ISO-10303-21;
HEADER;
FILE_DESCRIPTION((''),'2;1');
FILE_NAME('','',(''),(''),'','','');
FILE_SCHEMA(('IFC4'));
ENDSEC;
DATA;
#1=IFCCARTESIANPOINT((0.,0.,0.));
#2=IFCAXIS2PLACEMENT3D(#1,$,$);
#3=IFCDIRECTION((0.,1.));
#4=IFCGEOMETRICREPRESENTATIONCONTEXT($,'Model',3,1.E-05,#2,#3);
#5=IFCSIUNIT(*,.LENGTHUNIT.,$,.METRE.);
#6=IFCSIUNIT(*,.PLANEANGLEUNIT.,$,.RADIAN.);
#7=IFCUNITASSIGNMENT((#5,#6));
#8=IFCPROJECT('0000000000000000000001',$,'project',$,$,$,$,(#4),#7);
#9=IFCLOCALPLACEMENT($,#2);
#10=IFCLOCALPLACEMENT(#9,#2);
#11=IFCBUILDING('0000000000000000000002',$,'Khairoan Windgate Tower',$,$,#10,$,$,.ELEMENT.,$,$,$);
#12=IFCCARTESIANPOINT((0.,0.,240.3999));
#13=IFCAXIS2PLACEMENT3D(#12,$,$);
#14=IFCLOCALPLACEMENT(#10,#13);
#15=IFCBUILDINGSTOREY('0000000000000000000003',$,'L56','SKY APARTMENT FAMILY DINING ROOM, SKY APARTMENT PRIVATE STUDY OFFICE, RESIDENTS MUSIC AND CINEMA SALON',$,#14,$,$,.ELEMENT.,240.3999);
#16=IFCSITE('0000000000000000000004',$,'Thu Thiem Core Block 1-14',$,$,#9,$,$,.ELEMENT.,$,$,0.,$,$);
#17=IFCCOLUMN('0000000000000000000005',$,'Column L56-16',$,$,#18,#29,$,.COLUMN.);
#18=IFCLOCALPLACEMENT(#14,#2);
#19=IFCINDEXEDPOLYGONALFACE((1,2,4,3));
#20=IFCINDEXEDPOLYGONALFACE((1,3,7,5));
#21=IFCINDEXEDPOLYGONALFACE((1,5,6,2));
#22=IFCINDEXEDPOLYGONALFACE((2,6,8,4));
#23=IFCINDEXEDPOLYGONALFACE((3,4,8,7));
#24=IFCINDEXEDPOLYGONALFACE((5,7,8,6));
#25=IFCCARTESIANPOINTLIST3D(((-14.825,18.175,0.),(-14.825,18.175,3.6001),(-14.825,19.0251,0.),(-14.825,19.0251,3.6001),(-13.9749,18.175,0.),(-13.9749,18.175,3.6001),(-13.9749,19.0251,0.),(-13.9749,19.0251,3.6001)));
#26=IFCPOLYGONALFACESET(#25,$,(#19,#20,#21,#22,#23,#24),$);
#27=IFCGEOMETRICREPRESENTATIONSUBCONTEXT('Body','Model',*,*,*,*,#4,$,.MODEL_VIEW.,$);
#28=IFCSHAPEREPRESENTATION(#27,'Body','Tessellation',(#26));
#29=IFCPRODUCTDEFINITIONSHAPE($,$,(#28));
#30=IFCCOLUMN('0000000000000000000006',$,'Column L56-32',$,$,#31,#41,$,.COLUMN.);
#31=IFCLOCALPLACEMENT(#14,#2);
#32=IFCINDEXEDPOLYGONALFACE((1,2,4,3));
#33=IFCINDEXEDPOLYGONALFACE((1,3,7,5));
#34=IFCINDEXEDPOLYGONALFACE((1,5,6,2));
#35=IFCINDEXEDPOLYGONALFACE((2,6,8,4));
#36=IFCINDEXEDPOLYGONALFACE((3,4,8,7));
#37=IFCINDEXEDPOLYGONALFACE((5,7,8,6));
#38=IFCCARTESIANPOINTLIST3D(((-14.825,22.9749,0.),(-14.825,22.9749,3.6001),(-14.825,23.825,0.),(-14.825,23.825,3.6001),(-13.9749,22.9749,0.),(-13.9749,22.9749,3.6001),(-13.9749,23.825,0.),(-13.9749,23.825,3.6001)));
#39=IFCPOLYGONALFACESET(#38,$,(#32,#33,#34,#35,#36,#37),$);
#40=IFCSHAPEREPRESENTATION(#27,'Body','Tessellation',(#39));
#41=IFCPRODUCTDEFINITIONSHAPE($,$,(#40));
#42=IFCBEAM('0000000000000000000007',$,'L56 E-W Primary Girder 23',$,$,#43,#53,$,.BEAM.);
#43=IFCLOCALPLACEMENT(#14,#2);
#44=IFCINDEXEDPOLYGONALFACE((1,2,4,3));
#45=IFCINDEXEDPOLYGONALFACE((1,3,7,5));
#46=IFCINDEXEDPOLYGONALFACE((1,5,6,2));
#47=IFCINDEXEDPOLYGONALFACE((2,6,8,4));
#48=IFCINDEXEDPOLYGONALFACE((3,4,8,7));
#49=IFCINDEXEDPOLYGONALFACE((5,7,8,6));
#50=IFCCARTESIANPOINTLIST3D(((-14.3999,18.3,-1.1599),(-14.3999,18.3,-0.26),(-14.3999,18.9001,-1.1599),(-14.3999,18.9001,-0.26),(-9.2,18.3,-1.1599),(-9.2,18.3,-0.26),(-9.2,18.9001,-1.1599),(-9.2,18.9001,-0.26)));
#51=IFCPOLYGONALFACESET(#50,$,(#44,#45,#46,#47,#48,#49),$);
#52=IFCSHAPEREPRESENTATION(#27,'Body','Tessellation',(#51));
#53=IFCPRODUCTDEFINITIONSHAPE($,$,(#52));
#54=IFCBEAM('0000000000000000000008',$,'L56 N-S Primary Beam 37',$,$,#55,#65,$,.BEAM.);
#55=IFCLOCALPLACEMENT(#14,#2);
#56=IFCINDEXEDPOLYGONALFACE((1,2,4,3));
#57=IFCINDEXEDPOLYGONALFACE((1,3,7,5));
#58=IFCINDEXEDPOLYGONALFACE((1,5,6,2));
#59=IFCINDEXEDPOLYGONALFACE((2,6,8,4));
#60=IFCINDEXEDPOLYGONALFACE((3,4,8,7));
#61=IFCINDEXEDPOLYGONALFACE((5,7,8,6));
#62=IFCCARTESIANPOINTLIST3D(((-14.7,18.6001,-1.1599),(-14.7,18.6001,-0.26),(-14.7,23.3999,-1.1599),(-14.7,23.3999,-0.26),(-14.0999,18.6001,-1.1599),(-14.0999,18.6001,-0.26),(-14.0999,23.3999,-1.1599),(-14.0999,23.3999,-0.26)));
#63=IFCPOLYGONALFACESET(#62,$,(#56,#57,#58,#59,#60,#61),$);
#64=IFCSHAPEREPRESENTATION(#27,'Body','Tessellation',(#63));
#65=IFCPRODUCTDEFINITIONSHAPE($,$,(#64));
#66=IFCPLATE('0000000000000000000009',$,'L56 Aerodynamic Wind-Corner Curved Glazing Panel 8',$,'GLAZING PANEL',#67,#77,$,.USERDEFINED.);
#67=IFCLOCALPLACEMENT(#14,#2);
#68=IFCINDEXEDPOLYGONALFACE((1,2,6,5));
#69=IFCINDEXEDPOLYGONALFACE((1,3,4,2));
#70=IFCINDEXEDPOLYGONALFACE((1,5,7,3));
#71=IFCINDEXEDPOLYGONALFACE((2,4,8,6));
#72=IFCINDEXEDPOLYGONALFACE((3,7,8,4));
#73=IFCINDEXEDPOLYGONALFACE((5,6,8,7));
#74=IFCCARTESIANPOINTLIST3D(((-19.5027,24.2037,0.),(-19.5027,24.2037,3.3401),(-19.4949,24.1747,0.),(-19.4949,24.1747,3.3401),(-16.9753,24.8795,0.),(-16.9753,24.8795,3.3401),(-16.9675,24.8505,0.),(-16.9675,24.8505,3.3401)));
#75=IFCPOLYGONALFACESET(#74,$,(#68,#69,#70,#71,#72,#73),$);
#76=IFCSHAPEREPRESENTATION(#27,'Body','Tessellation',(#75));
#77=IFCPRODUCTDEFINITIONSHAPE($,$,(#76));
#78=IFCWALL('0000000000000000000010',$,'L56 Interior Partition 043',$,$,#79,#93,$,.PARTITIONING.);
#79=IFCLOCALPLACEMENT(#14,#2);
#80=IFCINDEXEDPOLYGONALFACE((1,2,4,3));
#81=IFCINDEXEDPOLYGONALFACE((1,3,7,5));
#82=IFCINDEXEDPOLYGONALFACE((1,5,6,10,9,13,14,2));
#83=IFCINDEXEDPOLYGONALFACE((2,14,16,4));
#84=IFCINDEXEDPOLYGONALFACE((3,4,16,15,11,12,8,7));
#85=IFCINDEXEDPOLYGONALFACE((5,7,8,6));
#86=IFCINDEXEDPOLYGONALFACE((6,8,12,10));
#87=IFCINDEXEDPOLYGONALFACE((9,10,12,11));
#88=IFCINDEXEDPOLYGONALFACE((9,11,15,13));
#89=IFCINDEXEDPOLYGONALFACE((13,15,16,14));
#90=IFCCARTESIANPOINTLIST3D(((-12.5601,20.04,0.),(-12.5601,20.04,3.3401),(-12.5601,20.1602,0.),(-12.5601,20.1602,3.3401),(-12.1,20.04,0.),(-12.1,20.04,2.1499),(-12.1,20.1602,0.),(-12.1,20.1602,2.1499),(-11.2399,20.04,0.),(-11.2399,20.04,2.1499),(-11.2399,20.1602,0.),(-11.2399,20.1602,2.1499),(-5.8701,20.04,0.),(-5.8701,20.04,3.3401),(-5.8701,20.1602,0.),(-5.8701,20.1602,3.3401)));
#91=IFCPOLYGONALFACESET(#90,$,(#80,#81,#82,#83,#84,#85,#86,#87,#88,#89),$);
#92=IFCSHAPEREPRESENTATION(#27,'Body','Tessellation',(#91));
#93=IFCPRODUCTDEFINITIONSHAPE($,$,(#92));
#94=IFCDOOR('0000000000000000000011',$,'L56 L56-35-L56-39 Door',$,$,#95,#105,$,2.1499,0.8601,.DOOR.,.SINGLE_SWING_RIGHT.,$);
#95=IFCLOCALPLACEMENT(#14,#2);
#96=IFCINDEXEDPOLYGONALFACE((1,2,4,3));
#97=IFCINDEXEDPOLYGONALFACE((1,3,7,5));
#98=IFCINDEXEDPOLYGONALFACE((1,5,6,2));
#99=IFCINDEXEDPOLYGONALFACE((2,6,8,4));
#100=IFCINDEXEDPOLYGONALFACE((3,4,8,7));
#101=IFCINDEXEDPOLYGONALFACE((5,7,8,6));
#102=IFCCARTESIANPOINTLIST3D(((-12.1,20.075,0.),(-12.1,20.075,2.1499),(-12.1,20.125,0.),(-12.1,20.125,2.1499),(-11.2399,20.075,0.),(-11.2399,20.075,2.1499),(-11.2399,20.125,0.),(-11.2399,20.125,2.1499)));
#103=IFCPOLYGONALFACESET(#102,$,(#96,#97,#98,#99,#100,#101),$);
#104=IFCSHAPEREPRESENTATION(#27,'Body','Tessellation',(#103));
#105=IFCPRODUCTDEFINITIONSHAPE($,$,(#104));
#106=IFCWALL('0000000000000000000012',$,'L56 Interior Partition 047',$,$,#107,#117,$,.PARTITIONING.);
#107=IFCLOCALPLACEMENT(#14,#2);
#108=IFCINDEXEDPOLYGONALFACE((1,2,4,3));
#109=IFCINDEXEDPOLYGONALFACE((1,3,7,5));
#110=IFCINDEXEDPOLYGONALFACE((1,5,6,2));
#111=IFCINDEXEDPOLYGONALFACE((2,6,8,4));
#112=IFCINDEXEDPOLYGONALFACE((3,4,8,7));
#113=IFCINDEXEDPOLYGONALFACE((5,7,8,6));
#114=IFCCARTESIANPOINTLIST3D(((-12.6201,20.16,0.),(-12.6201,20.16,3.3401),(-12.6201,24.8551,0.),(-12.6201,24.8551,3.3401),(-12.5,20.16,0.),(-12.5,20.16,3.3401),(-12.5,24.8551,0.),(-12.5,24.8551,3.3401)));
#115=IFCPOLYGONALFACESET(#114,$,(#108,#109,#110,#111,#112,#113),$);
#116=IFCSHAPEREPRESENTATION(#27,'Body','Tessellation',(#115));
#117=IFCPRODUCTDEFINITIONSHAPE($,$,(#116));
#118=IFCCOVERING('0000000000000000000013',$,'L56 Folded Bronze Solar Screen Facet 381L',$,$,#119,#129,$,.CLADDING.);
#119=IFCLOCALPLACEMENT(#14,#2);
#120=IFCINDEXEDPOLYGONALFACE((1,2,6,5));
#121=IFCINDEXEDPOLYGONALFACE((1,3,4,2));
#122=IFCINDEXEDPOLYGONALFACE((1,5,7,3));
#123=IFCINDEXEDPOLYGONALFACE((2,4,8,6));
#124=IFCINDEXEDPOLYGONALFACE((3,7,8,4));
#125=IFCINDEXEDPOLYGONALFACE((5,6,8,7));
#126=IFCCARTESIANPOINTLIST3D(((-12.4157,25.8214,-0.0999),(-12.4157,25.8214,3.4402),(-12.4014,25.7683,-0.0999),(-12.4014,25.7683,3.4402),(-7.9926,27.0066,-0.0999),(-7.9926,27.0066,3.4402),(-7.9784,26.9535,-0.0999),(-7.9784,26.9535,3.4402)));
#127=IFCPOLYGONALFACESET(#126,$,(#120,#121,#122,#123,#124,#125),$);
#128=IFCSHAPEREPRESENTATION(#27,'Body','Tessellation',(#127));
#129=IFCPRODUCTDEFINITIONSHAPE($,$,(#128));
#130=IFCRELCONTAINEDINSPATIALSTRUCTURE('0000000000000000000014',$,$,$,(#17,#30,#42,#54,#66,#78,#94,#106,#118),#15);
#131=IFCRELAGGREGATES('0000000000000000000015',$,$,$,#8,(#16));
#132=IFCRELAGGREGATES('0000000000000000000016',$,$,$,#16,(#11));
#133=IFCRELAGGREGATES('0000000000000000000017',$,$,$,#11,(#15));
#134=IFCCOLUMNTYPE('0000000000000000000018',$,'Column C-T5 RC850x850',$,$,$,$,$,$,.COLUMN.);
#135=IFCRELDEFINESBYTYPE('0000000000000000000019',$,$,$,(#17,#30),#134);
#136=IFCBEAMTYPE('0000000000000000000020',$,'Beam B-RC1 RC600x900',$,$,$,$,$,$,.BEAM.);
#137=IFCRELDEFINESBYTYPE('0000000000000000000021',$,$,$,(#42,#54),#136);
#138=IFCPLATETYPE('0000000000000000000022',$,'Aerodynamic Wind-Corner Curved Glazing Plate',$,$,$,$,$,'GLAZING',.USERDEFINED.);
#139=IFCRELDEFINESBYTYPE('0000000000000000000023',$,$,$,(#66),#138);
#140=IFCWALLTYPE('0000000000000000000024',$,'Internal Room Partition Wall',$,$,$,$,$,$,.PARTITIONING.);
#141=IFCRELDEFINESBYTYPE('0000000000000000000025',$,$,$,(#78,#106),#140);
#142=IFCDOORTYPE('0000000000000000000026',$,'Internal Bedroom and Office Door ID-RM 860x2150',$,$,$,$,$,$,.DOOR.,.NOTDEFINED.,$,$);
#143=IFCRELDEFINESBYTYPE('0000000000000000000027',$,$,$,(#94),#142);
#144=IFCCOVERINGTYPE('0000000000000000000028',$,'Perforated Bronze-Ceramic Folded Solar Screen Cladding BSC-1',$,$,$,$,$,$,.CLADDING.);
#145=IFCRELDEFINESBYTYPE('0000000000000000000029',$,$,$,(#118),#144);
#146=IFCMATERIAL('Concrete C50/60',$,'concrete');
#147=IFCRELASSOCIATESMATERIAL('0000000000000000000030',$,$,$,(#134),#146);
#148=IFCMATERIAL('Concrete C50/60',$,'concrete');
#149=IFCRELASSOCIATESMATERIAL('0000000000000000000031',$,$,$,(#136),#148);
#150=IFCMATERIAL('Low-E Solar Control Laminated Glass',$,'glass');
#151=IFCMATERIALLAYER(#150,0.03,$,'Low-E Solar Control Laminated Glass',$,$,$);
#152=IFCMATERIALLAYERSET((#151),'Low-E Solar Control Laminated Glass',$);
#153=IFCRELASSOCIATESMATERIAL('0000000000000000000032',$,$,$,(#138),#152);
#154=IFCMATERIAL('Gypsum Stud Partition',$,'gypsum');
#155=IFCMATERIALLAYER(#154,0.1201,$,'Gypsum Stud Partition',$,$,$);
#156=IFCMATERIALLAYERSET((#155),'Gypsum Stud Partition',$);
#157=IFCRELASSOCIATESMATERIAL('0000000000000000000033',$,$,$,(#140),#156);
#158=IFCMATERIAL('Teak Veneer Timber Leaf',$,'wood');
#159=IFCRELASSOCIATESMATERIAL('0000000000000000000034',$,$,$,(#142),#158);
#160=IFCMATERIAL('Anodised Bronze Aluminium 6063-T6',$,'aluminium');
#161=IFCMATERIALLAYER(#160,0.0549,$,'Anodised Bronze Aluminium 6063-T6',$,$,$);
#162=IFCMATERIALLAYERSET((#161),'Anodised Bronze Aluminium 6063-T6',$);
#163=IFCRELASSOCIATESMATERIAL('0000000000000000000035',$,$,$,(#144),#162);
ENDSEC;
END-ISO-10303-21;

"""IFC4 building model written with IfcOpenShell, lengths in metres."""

from ifc_helpers import new_model, si_unit, direction, frame, frame_2d, origin, origin_2d, place, context, subcontext, project, spatial, rectangle, extrude, material, layer, layer_set, material_profile, profile_set, type_object, element, fill, save


model = new_model("IFC4")

# Units and contexts
model_context = context("Model", 3, precision=1e-05, world=origin(), true_north=direction((0.0, 1.0)))
body_context = subcontext(model_context, "Body", "Model", "MODEL_VIEW")
ifc_project = project(units=[si_unit("LENGTHUNIT", "METRE"), si_unit("PLANEANGLEUNIT", "RADIAN")], contexts=[model_context])

# Site, building, storey
site_placement = place(None, origin())
site = spatial("IfcSite", under=ifc_project, at=site_placement, Name="Thu Thiem Core Block 1-14", CompositionType="ELEMENT", RefElevation=0.0)
building_placement = place(site_placement, origin())
building = spatial("IfcBuilding", under=site, at=building_placement, Name="Khairoan Windgate Tower", CompositionType="ELEMENT")
storey_placement = place(building_placement, frame((0.0, 0.0, 240.3999)))
storey = spatial("IfcBuildingStorey", under=building, at=storey_placement, Name="L56", Description="SKY APARTMENT FAMILY DINING ROOM, SKY APARTMENT PRIVATE STUDY OFFICE, RESIDENTS MUSIC AND CINEMA SALON", CompositionType="ELEMENT", Elevation=240.3999)

# Columns
ifc_material_1 = material(Name="Concrete C50/60", Category="concrete")
ifc_material_profile_1 = material_profile(ifc_material_1, rectangle(XDim=0.8501, YDim=0.8501, at=origin_2d()))
ifc_profile_set_1 = profile_set([ifc_material_profile_1], Name="Concrete C50/60")
column_type = type_object("IfcColumnType", Name="Column C-T5 RC850x850", PredefinedType="COLUMN", material=ifc_profile_set_1)
for number, where, z_axis, x_axis, name in (
    (1, (-14.3999, 18.6001, 0.0), (0.0, 0.0, 1.0), (1.0, 0.0, 0.0), "Column L56-16"),
    (2, (-14.3999, 23.3999, 0.0), (0.0, 0.0, 1.0), (1.0, 0.0, 0.0), "Column L56-32"),
):
    element("IfcColumn", number, at=place(storey_placement, frame(where, z_axis=z_axis, x_axis=x_axis)), inside=storey, type_object=column_type, Name=name, PredefinedType="COLUMN", context=body_context, shape_type="SweptSolid", body=[
        extrude(rectangle(XDim=0.8501, YDim=0.8501, at=origin_2d()), origin(), (0.0, 0.0, 1.0), 3.6001),
    ])

# Beams
ifc_material_2 = material(Name="Concrete C50/60", Category="concrete")
ifc_material_profile_2 = material_profile(ifc_material_2, rectangle(XDim=0.6001, YDim=0.8999, at=origin_2d()))
ifc_profile_set_2 = profile_set([ifc_material_profile_2], Name="Concrete C50/60")
beam_type = type_object("IfcBeamType", Name="Beam B-RC1 RC600x900", PredefinedType="BEAM", material=ifc_profile_set_2)
beam_1_placement = place(storey_placement, frame((-14.3999, 18.6001, -0.71), z_axis=(1.0, 0.0, 0.0), x_axis=(0.0, 1.0, 0.0)))
element("IfcBeam", 3, at=beam_1_placement, inside=storey, type_object=beam_type, Name="L56 E-W Primary Girder 23", PredefinedType="BEAM", context=body_context, shape_type="SweptSolid", body=[
    extrude(rectangle(XDim=0.6001, YDim=0.8999, at=origin_2d()), origin(), (0.0, 0.0, 1.0), 5.2),
])
beam_2_placement = place(storey_placement, frame((-14.3999, 18.6001, -0.71), z_axis=(0.0, 1.0, 0.0), x_axis=(-1.0, 0.0, 0.0)))
element("IfcBeam", 4, at=beam_2_placement, inside=storey, type_object=beam_type, Name="L56 N-S Primary Beam 37", PredefinedType="BEAM", context=body_context, shape_type="SweptSolid", body=[
    extrude(rectangle(XDim=0.6001, YDim=0.8999, at=origin_2d()), origin(), (0.0, 0.0, 1.0), 4.7998),
])

# Plate
ifc_material_3 = material(Name="Low-E Solar Control Laminated Glass", Category="glass")
ifc_layer_1 = layer(ifc_material_3, 0.03, Name="Low-E Solar Control Laminated Glass")
ifc_layer_set_1 = layer_set([ifc_layer_1], Name="Low-E Solar Control Laminated Glass")
plate_type_1 = type_object("IfcPlateType", Name="Aerodynamic Wind-Corner Curved Glazing Plate", ElementType="GLAZING", PredefinedType="USERDEFINED", material=ifc_layer_set_1)
plate_1_placement = place(storey_placement, frame((-18.2351, 24.5271, 0.0), z_axis=(0.0, 0.0, 1.0), x_axis=(0.966061, 0.258313, 0.0)))
element("IfcPlate", 5, at=plate_1_placement, inside=storey, type_object=plate_type_1, Name="L56 Aerodynamic Wind-Corner Curved Glazing Panel 8", ObjectType="GLAZING PANEL", PredefinedType="USERDEFINED", context=body_context, shape_type="SweptSolid", body=[
    extrude(rectangle(XDim=2.6162, YDim=0.03, at=origin_2d()), origin(), (0.0, 0.0, 1.0), 3.3401),
])

# Wall, opening, door
ifc_material_4 = material(Name="Gypsum Stud Partition", Category="gypsum")
ifc_layer_2 = layer(ifc_material_4, 0.1201, Name="Gypsum Stud Partition")
ifc_layer_set_2 = layer_set([ifc_layer_2], Name="Gypsum Stud Partition")
wall_type = type_object("IfcWallType", Name="Internal Room Partition Wall", PredefinedType="PARTITIONING", material=ifc_layer_set_2)
wall_1_placement = place(storey_placement, frame((-12.5601, 20.1001, 0.0), z_axis=(0.0, 0.0, 1.0), x_axis=(1.0, 0.0, 0.0)))
wall_1 = element("IfcWall", 6, at=wall_1_placement, inside=storey, type_object=wall_type, Name="L56 Interior Partition 043", PredefinedType="PARTITIONING", context=body_context, shape_type="SweptSolid", body=[
    extrude(rectangle(XDim=6.6899, YDim=0.1201, at=frame_2d((3.345, 0.0))), origin(), (0.0, 0.0, 1.0), 3.3401),
])
opening_placement = place(wall_1_placement, frame((0.46, 0.0, 0.0)))
opening = element("IfcOpeningElement", 7, at=opening_placement, cuts=wall_1, PredefinedType="OPENING", context=body_context, shape_type="SweptSolid", body=[
    extrude(rectangle(XDim=0.8601, YDim=2.1499, at=frame_2d((0.4302, 1.075))), frame((0.0, 0.0701, 0.0), z_axis=(0.0, -1.0, 0.0), x_axis=(1.0, 0.0, 0.0)), (0.0, 0.0, 1.0), 0.1401),
])
ifc_material_5 = material(Name="Teak Veneer Timber Leaf", Category="wood")
door_type = type_object("IfcDoorType", Name="Internal Bedroom and Office Door ID-RM 860x2150", OperationType="NOTDEFINED", PredefinedType="DOOR", material=ifc_material_5)
door_placement = place(opening_placement, origin())
door = element("IfcDoor", 8, at=door_placement, inside=storey, type_object=door_type, Name="L56 L56-35-L56-39 Door", OperationType="SINGLE_SWING_RIGHT", OverallHeight=2.1499, OverallWidth=0.8601, PredefinedType="DOOR", context=body_context, shape_type="SweptSolid", body=[
    extrude(rectangle(XDim=0.8601, YDim=2.1499, at=frame_2d((0.4302, 1.075))), frame((0.0, 0.0249, 0.0), z_axis=(0.0, -1.0, 0.0), x_axis=(1.0, 0.0, 0.0)), (0.0, 0.0, 1.0), 0.05),
])
fill(opening, door)

# Wall
wall_2_placement = place(storey_placement, frame((-12.5601, 20.1599, 0.0), z_axis=(0.0, 0.0, 1.0), x_axis=(0.0, 1.0, 0.0)))
element("IfcWall", 9, at=wall_2_placement, inside=storey, type_object=wall_type, Name="L56 Interior Partition 047", PredefinedType="PARTITIONING", context=body_context, shape_type="SweptSolid", body=[
    extrude(rectangle(XDim=4.6951, YDim=0.1201, at=frame_2d((2.3477, 0.0))), origin(), (0.0, 0.0, 1.0), 3.3401),
])

# Covering
ifc_material_6 = material(Name="Anodised Bronze Aluminium 6063-T6", Category="aluminium")
ifc_layer_3 = layer(ifc_material_6, 0.0549, Name="Anodised Bronze Aluminium 6063-T6")
ifc_layer_set_3 = layer_set([ifc_layer_3], Name="Anodised Bronze Aluminium 6063-T6")
covering_type = type_object("IfcCoveringType", Name="Perforated Bronze-Ceramic Folded Solar Screen Cladding BSC-1", PredefinedType="CLADDING", material=ifc_layer_set_3)
covering_placement = place(storey_placement, frame((-10.197, 26.3875, -0.0999), z_axis=(0.0, 0.0, 1.0), x_axis=(0.965926, 0.258819, 0.0)))
element("IfcCovering", 10, at=covering_placement, inside=storey, type_object=covering_type, Name="L56 Folded Bronze Solar Screen Facet 381L", PredefinedType="CLADDING", context=body_context, shape_type="SweptSolid", body=[
    extrude(rectangle(XDim=4.5791, YDim=0.0549, at=origin_2d()), origin(), (0.0, 0.0, 1.0), 3.54),
])

save(model, "model.ifc")
